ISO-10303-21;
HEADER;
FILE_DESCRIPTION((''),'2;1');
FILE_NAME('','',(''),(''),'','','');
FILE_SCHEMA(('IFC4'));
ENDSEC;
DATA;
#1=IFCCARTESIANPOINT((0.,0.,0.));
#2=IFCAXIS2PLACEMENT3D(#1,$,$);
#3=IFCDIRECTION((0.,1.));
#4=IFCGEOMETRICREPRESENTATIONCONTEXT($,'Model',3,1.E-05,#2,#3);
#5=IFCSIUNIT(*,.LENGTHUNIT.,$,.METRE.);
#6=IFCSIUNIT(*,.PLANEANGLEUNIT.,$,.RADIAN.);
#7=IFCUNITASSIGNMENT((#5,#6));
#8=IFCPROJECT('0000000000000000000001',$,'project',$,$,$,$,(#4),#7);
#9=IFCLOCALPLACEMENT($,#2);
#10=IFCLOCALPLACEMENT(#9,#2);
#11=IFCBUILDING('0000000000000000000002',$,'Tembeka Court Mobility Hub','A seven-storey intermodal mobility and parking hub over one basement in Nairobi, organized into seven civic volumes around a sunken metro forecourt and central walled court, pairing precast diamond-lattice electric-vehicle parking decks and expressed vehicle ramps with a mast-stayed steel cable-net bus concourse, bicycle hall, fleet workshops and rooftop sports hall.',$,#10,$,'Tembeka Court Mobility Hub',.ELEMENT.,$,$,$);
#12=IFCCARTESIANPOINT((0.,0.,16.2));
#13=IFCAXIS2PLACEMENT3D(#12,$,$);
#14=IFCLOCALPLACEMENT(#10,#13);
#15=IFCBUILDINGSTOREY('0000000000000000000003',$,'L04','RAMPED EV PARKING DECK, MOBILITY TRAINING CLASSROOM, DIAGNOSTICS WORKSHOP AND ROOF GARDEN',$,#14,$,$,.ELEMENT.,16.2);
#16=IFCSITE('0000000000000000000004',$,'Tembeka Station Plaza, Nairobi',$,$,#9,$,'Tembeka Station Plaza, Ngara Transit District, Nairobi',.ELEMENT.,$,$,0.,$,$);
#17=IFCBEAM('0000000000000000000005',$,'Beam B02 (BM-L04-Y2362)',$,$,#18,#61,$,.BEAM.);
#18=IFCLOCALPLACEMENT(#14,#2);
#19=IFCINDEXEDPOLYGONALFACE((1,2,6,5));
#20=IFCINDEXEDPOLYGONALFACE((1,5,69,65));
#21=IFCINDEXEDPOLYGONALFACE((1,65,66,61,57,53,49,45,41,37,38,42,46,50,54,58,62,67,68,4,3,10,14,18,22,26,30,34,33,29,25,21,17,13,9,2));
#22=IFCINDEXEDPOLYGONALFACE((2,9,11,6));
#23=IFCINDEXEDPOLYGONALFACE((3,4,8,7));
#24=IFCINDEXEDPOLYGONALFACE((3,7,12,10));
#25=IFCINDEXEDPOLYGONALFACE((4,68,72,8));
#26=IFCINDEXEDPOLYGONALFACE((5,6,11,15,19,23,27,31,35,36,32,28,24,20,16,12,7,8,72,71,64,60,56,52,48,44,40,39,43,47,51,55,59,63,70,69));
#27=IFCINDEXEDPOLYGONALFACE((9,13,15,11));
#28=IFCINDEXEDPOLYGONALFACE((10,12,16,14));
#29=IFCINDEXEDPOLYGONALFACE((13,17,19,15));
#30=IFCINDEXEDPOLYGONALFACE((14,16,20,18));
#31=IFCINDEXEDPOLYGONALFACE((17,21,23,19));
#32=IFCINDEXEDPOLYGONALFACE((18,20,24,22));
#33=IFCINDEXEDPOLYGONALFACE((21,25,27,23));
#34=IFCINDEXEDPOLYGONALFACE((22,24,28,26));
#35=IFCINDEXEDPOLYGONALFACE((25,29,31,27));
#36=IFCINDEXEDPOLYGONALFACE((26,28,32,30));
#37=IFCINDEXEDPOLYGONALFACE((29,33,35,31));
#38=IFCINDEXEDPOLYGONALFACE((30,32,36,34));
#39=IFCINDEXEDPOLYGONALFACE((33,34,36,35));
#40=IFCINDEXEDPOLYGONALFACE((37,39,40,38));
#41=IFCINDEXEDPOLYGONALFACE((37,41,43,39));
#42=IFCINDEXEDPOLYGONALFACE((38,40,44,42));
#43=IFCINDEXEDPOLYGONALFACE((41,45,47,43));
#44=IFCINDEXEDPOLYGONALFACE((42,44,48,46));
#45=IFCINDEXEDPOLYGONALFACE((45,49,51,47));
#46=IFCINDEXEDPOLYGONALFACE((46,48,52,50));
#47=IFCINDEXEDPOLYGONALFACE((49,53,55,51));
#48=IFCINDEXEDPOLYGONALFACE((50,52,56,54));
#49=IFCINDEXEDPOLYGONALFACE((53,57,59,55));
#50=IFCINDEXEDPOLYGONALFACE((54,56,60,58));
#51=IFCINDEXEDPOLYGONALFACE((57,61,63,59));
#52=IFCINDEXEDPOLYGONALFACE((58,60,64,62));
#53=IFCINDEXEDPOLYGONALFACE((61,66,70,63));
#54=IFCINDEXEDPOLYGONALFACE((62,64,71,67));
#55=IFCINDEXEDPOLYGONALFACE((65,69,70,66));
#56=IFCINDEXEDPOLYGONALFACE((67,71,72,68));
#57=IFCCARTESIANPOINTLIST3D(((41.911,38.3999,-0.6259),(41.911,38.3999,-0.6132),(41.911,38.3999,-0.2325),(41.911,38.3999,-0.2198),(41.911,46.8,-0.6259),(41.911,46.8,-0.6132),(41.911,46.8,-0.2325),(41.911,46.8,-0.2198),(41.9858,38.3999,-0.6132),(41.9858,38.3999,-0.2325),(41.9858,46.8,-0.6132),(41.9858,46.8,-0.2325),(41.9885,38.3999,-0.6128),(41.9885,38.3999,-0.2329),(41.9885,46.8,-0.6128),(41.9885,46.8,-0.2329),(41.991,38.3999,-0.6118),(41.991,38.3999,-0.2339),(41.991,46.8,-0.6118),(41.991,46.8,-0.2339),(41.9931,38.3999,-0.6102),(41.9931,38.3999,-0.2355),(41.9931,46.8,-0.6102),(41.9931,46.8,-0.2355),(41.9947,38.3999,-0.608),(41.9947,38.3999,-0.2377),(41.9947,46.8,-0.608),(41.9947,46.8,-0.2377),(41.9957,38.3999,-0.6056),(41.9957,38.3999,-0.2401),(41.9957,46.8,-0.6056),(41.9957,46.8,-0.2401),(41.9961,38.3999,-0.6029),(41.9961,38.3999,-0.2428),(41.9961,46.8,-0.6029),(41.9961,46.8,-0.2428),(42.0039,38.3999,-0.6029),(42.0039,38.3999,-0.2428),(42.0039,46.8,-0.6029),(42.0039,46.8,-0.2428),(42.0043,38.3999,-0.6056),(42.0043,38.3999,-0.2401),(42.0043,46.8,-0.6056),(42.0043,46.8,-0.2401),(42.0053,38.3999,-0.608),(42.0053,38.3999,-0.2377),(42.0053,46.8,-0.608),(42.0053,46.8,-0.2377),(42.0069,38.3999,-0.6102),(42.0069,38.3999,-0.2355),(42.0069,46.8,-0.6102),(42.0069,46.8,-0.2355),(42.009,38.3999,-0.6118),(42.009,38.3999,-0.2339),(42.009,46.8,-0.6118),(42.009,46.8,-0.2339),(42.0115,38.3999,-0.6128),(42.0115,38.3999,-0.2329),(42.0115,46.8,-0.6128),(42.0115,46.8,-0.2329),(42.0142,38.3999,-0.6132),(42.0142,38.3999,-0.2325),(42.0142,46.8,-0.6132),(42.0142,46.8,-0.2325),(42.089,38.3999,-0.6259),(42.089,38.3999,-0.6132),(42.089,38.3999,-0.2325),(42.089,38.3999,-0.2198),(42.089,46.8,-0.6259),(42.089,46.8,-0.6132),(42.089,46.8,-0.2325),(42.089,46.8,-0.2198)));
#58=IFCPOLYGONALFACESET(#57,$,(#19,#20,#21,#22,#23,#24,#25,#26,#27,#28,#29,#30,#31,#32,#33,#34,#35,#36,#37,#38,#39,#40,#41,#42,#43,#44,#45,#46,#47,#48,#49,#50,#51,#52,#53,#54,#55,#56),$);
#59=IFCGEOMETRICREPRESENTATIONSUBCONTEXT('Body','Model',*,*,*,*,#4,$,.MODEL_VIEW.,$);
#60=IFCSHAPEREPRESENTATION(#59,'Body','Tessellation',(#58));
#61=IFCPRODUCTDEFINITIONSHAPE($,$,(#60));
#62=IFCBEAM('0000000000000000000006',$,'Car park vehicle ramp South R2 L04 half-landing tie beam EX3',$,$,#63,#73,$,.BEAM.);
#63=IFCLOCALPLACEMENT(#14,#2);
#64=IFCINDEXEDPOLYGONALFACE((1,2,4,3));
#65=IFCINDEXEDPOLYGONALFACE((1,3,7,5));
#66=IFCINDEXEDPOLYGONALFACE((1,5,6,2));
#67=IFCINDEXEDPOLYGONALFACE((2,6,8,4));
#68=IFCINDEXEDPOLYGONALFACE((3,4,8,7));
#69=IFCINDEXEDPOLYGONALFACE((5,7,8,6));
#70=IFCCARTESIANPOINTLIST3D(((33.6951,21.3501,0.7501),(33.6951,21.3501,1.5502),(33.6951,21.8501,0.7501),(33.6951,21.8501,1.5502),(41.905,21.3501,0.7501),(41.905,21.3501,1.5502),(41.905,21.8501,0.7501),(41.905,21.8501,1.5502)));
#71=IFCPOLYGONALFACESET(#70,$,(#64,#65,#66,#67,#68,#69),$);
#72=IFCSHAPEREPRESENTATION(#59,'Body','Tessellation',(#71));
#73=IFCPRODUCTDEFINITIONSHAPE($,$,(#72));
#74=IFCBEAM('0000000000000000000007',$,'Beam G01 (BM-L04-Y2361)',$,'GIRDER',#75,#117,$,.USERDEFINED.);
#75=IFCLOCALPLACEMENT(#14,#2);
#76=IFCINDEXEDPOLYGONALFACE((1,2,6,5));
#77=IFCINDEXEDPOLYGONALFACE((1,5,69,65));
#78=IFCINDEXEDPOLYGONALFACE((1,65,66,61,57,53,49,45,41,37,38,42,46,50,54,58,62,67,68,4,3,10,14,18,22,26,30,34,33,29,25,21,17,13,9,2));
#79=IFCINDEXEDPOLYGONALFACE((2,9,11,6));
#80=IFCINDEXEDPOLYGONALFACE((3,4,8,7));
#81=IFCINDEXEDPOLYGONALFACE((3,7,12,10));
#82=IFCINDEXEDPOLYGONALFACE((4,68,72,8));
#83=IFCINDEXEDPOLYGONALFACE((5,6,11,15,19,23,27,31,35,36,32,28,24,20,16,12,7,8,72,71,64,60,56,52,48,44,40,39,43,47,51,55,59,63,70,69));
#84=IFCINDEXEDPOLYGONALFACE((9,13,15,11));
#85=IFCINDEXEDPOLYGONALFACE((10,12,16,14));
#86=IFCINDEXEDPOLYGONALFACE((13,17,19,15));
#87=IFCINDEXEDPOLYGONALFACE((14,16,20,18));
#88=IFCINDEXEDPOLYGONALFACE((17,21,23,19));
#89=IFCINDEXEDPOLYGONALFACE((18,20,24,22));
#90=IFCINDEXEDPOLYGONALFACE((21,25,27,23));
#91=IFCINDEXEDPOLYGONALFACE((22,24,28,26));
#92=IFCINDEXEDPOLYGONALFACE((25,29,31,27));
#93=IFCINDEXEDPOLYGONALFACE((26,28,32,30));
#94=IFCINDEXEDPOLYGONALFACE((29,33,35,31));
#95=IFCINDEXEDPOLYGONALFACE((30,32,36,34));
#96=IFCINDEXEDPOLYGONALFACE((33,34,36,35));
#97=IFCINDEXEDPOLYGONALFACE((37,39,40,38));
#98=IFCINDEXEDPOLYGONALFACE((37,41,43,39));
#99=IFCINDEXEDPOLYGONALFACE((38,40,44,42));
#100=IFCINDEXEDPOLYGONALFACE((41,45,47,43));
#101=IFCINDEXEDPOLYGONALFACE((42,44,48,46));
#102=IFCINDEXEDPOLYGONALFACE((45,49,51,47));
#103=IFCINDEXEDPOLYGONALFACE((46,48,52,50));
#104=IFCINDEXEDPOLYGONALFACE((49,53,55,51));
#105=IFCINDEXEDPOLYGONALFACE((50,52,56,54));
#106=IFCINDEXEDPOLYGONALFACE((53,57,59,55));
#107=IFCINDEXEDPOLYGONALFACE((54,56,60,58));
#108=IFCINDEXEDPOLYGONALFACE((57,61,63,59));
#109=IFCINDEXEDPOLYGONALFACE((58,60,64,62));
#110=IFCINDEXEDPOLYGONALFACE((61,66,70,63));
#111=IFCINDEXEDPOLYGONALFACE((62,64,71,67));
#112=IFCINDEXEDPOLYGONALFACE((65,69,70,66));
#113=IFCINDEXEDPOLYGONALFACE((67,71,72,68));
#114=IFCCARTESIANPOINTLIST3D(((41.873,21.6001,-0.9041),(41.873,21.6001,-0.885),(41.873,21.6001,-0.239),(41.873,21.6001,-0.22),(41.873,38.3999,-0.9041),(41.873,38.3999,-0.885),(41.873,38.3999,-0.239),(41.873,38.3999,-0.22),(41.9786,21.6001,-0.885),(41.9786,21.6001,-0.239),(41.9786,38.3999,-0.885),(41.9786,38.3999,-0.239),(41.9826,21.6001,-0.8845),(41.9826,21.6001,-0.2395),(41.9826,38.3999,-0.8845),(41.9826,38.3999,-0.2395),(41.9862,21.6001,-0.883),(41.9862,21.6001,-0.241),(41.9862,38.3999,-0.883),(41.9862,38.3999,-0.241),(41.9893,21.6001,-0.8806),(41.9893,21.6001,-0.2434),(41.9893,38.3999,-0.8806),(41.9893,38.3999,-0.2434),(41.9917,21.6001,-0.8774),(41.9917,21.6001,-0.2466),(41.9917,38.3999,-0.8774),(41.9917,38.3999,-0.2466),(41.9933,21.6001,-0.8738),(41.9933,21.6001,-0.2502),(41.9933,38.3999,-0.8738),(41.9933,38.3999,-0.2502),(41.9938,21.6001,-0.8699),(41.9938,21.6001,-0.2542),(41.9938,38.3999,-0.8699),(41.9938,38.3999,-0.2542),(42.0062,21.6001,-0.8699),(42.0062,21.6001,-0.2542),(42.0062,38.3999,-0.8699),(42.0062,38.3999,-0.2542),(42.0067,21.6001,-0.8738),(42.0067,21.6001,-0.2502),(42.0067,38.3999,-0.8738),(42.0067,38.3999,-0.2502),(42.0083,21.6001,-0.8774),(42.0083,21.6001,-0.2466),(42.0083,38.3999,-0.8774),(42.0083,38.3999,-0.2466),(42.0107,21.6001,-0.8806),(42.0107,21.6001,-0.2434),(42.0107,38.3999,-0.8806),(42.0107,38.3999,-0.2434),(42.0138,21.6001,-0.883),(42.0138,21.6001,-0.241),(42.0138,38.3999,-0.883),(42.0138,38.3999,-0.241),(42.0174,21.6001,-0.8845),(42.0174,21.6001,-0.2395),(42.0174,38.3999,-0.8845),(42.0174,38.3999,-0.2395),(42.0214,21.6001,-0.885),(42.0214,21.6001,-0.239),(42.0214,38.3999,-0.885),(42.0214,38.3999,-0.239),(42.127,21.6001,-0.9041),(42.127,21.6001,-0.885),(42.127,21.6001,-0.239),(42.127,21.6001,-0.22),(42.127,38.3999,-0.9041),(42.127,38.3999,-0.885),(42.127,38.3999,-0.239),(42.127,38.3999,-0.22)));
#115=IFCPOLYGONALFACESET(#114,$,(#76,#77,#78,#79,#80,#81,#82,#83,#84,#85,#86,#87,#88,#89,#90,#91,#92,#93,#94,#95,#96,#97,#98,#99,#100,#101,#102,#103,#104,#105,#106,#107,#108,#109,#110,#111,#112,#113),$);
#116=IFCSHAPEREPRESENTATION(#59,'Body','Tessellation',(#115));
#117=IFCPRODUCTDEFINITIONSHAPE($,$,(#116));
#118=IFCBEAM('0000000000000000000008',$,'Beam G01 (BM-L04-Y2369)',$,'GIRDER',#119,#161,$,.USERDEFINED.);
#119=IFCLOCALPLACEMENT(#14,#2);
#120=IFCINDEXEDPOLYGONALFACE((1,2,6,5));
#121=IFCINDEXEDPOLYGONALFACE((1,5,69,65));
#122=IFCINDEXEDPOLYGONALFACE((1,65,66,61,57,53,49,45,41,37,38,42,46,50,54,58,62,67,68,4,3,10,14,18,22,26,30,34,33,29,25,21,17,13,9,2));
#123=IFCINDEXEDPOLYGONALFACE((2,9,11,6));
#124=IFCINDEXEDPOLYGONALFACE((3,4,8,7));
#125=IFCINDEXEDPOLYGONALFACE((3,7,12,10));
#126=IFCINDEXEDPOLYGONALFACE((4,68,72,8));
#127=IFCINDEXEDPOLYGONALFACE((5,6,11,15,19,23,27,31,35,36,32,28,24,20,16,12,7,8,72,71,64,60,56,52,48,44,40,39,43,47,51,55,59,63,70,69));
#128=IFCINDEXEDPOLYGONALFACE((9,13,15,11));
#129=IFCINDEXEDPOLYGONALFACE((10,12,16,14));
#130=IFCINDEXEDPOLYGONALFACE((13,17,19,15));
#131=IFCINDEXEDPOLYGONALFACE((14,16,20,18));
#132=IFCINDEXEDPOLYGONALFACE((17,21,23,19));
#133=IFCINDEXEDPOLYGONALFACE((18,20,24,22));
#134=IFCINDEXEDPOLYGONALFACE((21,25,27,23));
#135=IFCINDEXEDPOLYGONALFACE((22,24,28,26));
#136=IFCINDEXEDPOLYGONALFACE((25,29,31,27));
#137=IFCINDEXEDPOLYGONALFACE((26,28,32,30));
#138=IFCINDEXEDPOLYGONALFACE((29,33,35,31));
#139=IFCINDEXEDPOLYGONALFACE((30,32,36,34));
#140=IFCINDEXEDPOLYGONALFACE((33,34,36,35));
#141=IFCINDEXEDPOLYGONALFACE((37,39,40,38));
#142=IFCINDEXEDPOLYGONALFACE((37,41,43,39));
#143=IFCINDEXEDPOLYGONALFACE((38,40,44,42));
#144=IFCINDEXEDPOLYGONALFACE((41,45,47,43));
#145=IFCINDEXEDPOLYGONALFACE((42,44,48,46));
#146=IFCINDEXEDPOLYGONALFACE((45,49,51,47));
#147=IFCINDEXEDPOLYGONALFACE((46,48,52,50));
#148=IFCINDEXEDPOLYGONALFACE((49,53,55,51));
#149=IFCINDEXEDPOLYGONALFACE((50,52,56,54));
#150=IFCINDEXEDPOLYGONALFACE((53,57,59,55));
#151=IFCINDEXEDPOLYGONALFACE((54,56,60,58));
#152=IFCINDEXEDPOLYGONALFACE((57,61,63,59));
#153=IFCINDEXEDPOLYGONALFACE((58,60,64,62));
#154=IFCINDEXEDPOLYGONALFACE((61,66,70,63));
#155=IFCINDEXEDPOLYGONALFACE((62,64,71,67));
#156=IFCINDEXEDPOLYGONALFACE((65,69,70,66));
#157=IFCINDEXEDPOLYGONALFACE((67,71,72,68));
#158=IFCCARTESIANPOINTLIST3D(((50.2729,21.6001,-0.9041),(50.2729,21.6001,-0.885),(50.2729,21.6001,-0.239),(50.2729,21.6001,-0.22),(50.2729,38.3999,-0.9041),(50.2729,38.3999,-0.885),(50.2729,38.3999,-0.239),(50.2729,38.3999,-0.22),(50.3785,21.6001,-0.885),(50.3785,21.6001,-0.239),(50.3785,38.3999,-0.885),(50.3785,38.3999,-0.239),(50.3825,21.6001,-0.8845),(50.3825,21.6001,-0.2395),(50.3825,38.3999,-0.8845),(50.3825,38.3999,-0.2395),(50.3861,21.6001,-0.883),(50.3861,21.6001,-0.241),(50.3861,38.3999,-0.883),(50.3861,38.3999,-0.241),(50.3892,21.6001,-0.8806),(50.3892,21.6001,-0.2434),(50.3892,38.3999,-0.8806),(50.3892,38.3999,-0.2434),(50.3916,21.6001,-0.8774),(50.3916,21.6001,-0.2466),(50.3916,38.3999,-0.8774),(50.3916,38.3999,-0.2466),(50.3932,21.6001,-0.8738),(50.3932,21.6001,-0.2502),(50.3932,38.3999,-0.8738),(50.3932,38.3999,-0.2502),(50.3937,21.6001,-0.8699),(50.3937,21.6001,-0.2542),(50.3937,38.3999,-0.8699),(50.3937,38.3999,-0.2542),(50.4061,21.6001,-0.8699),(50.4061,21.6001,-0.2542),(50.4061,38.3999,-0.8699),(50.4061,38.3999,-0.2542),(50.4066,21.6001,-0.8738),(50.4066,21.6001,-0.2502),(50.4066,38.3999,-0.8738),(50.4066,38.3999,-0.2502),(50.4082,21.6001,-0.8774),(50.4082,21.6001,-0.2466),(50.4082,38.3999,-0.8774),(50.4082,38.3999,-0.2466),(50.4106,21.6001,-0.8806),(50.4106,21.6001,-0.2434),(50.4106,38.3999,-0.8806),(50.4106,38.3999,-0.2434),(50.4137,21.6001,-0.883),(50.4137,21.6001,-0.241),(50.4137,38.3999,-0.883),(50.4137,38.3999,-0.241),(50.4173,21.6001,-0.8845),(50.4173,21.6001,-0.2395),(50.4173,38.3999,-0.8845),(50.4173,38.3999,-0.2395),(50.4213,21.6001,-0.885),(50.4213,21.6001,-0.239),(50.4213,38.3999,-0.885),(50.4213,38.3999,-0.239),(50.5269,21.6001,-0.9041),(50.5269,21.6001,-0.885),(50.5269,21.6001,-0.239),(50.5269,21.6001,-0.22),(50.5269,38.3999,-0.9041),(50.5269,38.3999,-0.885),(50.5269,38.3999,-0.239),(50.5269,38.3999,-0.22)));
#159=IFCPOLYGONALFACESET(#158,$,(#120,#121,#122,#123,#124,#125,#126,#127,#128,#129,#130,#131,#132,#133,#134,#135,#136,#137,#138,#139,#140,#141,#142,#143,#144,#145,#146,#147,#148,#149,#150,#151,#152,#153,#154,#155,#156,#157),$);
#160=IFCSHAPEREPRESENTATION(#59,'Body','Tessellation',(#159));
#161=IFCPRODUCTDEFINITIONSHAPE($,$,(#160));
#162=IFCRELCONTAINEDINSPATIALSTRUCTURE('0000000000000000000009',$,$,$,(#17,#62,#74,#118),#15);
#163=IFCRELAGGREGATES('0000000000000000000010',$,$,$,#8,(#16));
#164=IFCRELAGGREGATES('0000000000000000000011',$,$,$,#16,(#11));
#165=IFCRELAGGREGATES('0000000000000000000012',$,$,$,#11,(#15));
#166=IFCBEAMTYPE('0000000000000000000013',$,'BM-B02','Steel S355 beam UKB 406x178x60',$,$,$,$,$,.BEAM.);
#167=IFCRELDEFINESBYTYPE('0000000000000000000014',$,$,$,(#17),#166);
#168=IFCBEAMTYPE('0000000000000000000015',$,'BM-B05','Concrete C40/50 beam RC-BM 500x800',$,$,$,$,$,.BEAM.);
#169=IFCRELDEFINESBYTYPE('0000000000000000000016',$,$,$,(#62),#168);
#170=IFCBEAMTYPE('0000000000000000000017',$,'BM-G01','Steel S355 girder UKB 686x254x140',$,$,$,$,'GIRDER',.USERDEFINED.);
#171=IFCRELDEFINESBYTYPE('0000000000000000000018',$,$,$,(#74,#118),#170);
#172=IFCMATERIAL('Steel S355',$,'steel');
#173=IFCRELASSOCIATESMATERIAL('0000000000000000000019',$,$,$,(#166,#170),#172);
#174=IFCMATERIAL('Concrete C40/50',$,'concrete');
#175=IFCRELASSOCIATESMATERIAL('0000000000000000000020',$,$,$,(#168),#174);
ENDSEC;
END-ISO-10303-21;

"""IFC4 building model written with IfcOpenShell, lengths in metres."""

from ifc_helpers import new_model, si_unit, direction, frame, origin, origin_2d, place, context, subcontext, project, spatial, rectangle, i_section, extrude, material, material_profile, profile_set, type_object, element, save


model = new_model("IFC4")

# Units and contexts
model_context = context("Model", 3, precision=1e-05, world=origin(), true_north=direction((0.0, 1.0)))
body_context = subcontext(model_context, "Body", "Model", "MODEL_VIEW")
ifc_project = project(units=[si_unit("LENGTHUNIT", "METRE"), si_unit("PLANEANGLEUNIT", "RADIAN")], contexts=[model_context])

# Site, building, storey
site_placement = place(None, origin())
site = spatial("IfcSite", under=ifc_project, at=site_placement, Name="Tembeka Station Plaza, Nairobi", LongName="Tembeka Station Plaza, Ngara Transit District, Nairobi", CompositionType="ELEMENT", RefElevation=0.0)
building_placement = place(site_placement, origin())
building = spatial("IfcBuilding", under=site, at=building_placement, Name="Tembeka Court Mobility Hub", Description="A seven-storey intermodal mobility and parking hub over one basement in Nairobi, organized into seven civic volumes around a sunken metro forecourt and central walled court, pairing precast diamond-lattice electric-vehicle parking decks and expressed vehicle ramps with a mast-stayed steel cable-net bus concourse, bicycle hall, fleet workshops and rooftop sports hall.", LongName="Tembeka Court Mobility Hub", CompositionType="ELEMENT")
storey_placement = place(building_placement, frame((0.0, 0.0, 16.2)))
storey = spatial("IfcBuildingStorey", under=building, at=storey_placement, Name="L04", Description="RAMPED EV PARKING DECK, MOBILITY TRAINING CLASSROOM, DIAGNOSTICS WORKSHOP AND ROOF GARDEN", CompositionType="ELEMENT", Elevation=16.2)

# Shared definitions
ifc_material_1 = material(Name="Steel S355", Category="steel")

# Beams
ifc_material_profile_1 = material_profile(ifc_material_1, i_section(OverallWidth=0.178, OverallDepth=0.406, WebThickness=0.0078, FlangeThickness=0.0127, FilletRadius=0.0103, at=origin_2d()), Name="UKB 406x178x60")
ifc_profile_set_1 = profile_set([ifc_material_profile_1], Name="Steel S355")
beam_type_1 = type_object("IfcBeamType", Name="BM-B02", Description="Steel S355 beam UKB 406x178x60", PredefinedType="BEAM", material=ifc_profile_set_1)
beam_1_placement = place(storey_placement, frame((42.0, 38.3999, -0.4229), z_axis=(0.0, 1.0, 0.0), x_axis=(-1.0, 0.0, 0.0)))
element("IfcBeam", 1, at=beam_1_placement, inside=storey, type_object=beam_type_1, Name="Beam B02 (BM-L04-Y2362)", PredefinedType="BEAM", context=body_context, shape_type="SweptSolid", body=[
    extrude(i_section(OverallWidth=0.178, OverallDepth=0.406, WebThickness=0.0078, FlangeThickness=0.0127, FilletRadius=0.0103, at=origin_2d()), origin(), (0.0, 0.0, 1.0), 8.4001),
])
ifc_material_2 = material(Name="Concrete C40/50", Category="concrete")
ifc_material_profile_2 = material_profile(ifc_material_2, rectangle(XDim=0.5, YDim=0.8, at=origin_2d()), Name="RC-BM 500x800")
ifc_profile_set_2 = profile_set([ifc_material_profile_2], Name="Concrete C40/50")
beam_type_2 = type_object("IfcBeamType", Name="BM-B05", Description="Concrete C40/50 beam RC-BM 500x800", PredefinedType="BEAM", material=ifc_profile_set_2)
beam_2_placement = place(storey_placement, frame((33.6951, 21.6001, 1.1501), z_axis=(1.0, 0.0, 0.0), x_axis=(0.0, 1.0, 0.0)))
element("IfcBeam", 2, at=beam_2_placement, inside=storey, type_object=beam_type_2, Name="Car park vehicle ramp South R2 L04 half-landing tie beam EX3", PredefinedType="BEAM", context=body_context, shape_type="SweptSolid", body=[
    extrude(rectangle(XDim=0.5, YDim=0.8, at=origin_2d()), origin(), (0.0, 0.0, 1.0), 8.21),
])
ifc_material_profile_3 = material_profile(ifc_material_1, i_section(OverallWidth=0.2539, OverallDepth=0.6841, WebThickness=0.0125, FlangeThickness=0.019, FilletRadius=0.0151, at=origin_2d()), Name="UKB 686x254x140")
ifc_profile_set_3 = profile_set([ifc_material_profile_3], Name="Steel S355")
beam_type_3 = type_object("IfcBeamType", Name="BM-G01", Description="Steel S355 girder UKB 686x254x140", ElementType="GIRDER", PredefinedType="USERDEFINED", material=ifc_profile_set_3)
for number, where, z_axis, x_axis, name in (
    (3, (42.0, 21.6001, -0.562), (0.0, 1.0, 0.0), (-1.0, 0.0, 0.0), "Beam G01 (BM-L04-Y2361)"),
    (4, (50.3999, 21.6001, -0.562), (0.0, 1.0, 0.0), (-1.0, 0.0, 0.0), "Beam G01 (BM-L04-Y2369)"),
):
    element("IfcBeam", number, at=place(storey_placement, frame(where, z_axis=z_axis, x_axis=x_axis)), inside=storey, type_object=beam_type_3, Name=name, ObjectType="GIRDER", PredefinedType="USERDEFINED", context=body_context, shape_type="SweptSolid", body=[
        extrude(i_section(OverallWidth=0.2539, OverallDepth=0.6841, WebThickness=0.0125, FlangeThickness=0.019, FilletRadius=0.0151, at=origin_2d()), origin(), (0.0, 0.0, 1.0), 16.7998),
    ])

save(model, "model.ifc")
